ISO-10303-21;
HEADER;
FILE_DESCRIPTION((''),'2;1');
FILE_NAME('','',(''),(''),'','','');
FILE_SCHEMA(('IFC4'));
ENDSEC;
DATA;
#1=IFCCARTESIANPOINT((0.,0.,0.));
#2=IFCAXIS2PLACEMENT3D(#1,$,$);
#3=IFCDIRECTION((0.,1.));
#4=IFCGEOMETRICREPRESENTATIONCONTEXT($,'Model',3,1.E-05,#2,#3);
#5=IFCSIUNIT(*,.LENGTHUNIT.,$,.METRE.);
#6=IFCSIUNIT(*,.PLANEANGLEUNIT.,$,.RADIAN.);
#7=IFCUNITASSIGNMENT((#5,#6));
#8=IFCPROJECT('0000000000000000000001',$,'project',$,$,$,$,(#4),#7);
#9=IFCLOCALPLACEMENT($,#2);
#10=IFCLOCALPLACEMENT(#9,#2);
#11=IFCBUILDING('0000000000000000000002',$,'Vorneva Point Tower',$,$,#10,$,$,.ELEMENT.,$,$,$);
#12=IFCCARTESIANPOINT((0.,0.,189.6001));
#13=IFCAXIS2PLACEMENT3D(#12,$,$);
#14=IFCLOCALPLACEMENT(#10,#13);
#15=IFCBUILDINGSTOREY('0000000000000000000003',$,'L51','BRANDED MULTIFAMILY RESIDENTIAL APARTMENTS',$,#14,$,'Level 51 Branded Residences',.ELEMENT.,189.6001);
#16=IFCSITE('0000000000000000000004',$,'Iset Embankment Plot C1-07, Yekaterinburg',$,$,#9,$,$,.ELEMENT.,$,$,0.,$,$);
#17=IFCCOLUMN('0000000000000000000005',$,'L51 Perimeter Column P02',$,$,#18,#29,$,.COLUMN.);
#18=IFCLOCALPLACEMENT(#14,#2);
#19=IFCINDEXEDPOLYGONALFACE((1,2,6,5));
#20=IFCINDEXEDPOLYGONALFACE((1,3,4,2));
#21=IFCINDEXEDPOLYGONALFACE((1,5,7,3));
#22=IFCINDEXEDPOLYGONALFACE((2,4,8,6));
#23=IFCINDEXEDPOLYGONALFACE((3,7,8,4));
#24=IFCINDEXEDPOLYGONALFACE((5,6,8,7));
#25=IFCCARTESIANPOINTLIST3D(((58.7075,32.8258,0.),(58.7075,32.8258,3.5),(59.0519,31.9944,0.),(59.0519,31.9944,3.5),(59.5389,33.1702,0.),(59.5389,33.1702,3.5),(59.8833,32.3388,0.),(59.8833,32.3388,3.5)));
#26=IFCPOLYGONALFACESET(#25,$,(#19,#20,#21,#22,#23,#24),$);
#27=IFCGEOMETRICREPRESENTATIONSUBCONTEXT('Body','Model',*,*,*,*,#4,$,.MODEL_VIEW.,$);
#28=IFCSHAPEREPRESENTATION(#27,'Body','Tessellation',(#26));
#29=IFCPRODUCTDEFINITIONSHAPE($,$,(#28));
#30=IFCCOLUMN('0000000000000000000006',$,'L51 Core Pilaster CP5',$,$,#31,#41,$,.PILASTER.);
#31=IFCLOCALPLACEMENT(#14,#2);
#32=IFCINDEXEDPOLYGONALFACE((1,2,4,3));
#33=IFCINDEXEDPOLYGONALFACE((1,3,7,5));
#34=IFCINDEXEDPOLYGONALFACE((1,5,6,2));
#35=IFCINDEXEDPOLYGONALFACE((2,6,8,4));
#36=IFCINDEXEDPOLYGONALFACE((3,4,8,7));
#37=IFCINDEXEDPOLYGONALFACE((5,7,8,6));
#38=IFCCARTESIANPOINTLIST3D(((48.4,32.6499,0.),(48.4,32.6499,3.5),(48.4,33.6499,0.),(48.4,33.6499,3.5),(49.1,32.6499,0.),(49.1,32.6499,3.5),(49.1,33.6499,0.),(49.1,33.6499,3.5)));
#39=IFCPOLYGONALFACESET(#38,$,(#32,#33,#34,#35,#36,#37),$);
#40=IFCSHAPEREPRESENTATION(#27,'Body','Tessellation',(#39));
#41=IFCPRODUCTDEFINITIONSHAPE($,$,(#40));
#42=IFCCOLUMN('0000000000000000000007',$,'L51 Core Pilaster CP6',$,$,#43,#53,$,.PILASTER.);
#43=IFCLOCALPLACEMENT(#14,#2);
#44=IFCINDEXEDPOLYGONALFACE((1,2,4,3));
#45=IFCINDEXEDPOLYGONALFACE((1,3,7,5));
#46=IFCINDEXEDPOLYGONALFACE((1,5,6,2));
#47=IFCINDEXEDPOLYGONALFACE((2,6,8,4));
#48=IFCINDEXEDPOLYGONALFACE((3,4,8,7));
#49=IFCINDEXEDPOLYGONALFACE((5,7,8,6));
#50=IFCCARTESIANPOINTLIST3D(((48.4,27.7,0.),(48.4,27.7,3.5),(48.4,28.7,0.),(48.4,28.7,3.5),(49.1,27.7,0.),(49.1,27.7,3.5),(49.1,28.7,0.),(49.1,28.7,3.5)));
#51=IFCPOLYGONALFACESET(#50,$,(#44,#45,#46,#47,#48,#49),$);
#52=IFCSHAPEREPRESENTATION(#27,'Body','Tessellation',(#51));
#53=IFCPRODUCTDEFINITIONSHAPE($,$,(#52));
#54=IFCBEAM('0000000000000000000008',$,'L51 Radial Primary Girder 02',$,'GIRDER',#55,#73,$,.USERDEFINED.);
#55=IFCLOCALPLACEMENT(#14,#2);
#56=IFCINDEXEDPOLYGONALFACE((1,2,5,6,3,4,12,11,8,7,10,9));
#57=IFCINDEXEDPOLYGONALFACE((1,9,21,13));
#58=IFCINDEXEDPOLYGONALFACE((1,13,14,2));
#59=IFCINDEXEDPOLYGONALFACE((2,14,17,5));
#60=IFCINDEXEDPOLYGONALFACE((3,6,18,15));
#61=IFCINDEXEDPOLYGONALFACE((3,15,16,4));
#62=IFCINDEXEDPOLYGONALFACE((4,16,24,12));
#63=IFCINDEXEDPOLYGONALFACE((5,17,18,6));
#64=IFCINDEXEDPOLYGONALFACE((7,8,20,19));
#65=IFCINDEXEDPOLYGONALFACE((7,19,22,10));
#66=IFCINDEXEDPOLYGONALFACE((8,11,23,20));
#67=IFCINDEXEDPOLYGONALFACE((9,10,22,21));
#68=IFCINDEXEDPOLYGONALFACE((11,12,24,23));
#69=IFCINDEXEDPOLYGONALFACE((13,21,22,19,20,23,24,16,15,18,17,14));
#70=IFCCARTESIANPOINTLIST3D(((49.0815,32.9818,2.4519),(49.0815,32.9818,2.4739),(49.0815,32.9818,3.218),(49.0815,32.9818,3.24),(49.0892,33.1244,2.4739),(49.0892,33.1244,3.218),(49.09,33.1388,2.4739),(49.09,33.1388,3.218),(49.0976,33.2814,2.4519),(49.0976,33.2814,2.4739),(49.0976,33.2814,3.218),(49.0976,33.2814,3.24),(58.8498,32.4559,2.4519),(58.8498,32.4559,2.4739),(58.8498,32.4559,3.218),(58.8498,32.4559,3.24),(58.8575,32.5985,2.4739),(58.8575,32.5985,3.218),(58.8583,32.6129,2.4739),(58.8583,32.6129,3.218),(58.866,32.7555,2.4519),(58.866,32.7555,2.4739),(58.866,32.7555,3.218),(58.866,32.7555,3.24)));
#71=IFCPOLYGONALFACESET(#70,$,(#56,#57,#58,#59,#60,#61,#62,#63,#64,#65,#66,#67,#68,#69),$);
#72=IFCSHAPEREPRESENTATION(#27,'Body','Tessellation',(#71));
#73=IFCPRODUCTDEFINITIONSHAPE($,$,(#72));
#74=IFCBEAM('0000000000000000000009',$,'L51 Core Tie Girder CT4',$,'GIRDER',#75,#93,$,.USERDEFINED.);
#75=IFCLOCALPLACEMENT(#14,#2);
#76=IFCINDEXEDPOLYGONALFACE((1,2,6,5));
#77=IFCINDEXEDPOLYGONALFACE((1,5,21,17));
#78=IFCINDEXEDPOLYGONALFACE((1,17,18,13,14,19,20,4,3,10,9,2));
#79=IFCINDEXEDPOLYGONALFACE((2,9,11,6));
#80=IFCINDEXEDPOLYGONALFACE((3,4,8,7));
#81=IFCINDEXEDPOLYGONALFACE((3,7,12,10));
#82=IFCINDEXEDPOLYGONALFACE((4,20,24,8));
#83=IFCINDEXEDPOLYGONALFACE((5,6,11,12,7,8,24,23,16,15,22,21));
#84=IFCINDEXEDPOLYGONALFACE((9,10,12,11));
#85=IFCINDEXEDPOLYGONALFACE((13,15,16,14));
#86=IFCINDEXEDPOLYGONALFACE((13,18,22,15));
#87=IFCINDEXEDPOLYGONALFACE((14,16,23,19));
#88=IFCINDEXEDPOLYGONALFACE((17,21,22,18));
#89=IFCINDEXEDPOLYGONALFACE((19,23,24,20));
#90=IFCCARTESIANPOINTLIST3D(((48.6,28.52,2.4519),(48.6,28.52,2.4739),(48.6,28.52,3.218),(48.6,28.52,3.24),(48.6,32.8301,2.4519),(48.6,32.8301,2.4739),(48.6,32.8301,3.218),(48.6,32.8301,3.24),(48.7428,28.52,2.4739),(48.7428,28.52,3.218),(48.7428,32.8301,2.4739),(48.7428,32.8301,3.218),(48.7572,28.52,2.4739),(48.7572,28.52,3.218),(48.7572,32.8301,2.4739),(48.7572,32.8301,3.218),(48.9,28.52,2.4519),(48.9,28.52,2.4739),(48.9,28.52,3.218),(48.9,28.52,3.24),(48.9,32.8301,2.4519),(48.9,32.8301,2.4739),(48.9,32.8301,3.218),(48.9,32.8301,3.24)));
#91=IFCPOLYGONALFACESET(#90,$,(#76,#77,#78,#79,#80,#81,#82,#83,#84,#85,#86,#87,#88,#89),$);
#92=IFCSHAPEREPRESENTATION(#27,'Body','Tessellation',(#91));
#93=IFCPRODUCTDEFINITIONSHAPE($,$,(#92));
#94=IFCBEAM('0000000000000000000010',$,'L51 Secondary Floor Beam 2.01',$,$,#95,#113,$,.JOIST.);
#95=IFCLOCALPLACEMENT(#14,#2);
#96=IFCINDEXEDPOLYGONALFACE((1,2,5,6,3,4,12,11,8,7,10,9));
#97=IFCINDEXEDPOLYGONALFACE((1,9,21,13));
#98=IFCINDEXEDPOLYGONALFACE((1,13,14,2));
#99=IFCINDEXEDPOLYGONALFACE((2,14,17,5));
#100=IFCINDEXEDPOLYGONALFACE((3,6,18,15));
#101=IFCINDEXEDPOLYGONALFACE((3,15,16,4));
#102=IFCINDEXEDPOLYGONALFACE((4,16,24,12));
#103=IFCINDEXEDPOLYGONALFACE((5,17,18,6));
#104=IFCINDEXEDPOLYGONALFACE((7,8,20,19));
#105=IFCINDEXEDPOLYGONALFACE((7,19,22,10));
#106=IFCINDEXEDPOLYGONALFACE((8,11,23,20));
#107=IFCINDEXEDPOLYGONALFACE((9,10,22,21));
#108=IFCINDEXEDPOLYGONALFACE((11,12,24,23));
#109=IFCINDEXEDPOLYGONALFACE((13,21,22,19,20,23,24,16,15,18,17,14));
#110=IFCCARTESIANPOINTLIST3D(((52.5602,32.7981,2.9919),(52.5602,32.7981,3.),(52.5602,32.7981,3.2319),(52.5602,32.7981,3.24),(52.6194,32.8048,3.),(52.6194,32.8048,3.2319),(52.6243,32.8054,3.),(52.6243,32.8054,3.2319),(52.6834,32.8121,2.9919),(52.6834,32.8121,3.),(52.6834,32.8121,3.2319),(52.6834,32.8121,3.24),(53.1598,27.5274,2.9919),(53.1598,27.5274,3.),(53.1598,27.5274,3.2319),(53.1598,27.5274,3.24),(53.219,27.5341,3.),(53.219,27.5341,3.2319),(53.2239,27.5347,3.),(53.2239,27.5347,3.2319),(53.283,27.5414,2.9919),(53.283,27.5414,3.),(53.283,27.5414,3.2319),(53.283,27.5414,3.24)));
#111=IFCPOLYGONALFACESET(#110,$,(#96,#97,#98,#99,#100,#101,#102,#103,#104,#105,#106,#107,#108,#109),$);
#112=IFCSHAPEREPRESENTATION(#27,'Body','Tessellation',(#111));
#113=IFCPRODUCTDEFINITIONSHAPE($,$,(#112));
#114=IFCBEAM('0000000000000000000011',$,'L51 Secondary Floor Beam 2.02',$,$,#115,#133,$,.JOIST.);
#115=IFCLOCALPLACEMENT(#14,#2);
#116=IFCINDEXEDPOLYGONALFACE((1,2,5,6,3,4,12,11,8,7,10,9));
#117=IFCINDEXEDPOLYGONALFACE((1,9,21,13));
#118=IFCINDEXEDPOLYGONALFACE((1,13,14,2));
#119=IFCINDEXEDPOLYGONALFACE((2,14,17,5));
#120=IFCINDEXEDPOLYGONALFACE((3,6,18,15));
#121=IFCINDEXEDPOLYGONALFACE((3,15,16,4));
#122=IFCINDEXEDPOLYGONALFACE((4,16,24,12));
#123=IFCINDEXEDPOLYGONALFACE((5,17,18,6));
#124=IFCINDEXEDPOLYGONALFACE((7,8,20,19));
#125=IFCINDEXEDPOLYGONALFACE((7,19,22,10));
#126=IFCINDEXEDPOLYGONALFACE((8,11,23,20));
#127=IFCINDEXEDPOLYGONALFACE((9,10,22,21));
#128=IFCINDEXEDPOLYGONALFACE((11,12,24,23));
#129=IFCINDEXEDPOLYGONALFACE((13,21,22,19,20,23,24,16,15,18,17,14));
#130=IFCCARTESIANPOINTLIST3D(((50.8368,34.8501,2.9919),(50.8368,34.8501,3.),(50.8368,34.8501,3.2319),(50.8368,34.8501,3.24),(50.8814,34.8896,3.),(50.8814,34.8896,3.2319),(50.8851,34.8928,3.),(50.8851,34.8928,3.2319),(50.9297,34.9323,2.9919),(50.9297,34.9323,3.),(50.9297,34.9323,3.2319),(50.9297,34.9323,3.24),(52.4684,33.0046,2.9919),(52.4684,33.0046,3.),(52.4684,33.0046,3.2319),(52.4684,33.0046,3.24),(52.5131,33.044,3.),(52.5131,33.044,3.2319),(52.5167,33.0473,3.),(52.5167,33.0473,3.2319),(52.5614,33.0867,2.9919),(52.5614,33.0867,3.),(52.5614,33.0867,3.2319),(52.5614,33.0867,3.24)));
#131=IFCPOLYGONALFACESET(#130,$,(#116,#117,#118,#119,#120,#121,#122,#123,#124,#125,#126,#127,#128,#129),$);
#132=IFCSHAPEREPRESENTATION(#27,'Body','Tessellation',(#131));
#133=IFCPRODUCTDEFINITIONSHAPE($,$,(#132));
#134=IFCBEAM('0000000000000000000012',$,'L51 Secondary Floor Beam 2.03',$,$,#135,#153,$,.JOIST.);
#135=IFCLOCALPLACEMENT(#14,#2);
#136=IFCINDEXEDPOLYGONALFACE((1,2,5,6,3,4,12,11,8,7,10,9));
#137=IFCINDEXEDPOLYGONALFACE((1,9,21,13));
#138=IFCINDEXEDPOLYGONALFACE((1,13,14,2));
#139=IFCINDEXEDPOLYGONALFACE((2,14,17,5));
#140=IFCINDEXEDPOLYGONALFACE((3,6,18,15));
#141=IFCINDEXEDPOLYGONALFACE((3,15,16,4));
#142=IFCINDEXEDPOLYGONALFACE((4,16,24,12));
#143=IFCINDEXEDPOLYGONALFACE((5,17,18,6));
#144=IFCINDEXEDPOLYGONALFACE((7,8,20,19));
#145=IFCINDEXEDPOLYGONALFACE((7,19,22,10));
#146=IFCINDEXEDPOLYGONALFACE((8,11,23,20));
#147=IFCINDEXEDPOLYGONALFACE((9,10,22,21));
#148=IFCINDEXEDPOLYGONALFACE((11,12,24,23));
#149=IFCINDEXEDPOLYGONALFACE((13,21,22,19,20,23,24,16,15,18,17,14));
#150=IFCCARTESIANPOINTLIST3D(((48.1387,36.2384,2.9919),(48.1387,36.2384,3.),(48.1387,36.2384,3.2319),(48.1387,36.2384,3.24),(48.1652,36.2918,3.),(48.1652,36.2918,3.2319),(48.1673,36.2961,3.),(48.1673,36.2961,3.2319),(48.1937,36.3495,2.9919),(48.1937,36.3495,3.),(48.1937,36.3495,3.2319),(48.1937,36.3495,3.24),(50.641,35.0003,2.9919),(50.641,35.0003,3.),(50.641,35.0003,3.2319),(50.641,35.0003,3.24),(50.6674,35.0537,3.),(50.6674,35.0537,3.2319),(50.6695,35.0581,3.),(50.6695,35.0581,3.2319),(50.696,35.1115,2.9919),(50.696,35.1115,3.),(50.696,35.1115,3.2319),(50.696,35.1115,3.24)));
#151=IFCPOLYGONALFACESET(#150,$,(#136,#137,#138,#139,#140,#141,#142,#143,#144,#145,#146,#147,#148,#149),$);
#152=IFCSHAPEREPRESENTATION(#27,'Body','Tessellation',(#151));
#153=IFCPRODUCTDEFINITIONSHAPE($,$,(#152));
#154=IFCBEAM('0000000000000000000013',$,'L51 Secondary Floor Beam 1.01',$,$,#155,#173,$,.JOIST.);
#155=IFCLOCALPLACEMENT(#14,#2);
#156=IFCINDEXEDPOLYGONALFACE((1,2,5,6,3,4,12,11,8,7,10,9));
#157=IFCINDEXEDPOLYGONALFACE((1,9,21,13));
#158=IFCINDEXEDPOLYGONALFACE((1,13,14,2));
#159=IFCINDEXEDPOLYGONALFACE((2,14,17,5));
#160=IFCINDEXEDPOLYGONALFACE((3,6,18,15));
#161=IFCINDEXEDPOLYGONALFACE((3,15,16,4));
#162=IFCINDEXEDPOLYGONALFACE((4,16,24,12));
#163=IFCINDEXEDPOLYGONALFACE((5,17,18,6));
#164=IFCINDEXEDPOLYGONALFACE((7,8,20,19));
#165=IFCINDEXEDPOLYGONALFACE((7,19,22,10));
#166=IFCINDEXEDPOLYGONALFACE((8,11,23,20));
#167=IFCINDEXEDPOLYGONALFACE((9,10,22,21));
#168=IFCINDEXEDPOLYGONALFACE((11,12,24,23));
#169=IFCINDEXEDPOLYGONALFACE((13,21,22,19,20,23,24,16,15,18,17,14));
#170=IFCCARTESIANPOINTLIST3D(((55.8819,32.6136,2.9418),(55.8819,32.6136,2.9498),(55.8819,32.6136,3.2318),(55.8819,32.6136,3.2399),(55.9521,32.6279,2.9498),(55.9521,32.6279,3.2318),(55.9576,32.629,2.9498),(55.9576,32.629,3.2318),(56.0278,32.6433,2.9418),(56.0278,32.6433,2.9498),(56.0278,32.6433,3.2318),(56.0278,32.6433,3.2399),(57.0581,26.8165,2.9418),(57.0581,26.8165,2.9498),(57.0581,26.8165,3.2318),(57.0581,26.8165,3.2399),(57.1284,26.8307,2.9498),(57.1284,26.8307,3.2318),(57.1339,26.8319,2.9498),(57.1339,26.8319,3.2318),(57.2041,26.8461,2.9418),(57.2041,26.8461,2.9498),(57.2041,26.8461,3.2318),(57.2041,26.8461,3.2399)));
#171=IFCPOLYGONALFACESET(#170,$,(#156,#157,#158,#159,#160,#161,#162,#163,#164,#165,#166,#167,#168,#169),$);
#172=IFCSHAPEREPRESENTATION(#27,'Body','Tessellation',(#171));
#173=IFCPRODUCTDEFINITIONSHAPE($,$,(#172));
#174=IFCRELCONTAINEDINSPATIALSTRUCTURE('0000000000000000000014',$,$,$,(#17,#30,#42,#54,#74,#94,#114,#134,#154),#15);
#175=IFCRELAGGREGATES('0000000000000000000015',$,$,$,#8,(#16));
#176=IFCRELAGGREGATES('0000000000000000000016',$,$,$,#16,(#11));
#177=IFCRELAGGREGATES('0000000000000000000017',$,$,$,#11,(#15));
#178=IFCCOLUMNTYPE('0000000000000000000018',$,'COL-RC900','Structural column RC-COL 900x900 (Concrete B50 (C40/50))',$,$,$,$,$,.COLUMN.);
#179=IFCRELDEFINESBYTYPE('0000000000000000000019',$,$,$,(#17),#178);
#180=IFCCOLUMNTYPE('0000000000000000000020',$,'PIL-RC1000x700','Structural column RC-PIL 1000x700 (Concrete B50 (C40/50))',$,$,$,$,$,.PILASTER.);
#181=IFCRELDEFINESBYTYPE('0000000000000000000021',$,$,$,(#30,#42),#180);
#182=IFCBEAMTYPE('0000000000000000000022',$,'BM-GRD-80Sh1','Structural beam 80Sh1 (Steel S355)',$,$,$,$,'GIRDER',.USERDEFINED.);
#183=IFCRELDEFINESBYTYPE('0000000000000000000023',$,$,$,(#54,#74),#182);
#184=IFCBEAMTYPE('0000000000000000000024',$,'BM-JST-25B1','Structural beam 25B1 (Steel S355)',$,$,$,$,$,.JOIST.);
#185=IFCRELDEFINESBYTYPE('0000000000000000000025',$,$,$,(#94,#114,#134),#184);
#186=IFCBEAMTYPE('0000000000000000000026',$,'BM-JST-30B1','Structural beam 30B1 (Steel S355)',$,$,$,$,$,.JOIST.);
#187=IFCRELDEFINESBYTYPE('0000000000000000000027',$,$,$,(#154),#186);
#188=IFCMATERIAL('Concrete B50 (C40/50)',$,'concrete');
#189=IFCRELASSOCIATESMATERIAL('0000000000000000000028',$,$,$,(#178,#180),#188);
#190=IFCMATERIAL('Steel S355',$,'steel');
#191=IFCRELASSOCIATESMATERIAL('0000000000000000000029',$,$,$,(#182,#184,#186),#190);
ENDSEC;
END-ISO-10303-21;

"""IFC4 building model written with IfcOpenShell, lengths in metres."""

from ifc_helpers import new_model, si_unit, direction, frame, origin, origin_2d, place, context, subcontext, project, spatial, rectangle, i_section, extrude, material, material_profile, profile_set, type_object, element, save


model = new_model("IFC4")

# Units and contexts
model_context = context("Model", 3, precision=1e-05, world=origin(), true_north=direction((0.0, 1.0)))
body_context = subcontext(model_context, "Body", "Model", "MODEL_VIEW")
ifc_project = project(units=[si_unit("LENGTHUNIT", "METRE"), si_unit("PLANEANGLEUNIT", "RADIAN")], contexts=[model_context])

# Site, building, storey
site_placement = place(None, origin())
site = spatial("IfcSite", under=ifc_project, at=site_placement, Name="Iset Embankment Plot C1-07, Yekaterinburg", CompositionType="ELEMENT", RefElevation=0.0)
building_placement = place(site_placement, origin())
building = spatial("IfcBuilding", under=site, at=building_placement, Name="Vorneva Point Tower", CompositionType="ELEMENT")
storey_placement = place(building_placement, frame((0.0, 0.0, 189.6001)))
storey = spatial("IfcBuildingStorey", under=building, at=storey_placement, Name="L51", Description="BRANDED MULTIFAMILY RESIDENTIAL APARTMENTS", LongName="Level 51 Branded Residences", CompositionType="ELEMENT", Elevation=189.6001)

# Columns
ifc_material_1 = material(Name="Concrete B50 (C40/50)", Category="concrete")
ifc_material_profile_1 = material_profile(ifc_material_1, rectangle(XDim=0.8999, YDim=0.8999, at=origin_2d()), Name="RC-COL 900x900")
ifc_profile_set_1 = profile_set([ifc_material_profile_1], Name="Concrete B50 (C40/50)")
column_type_1 = type_object("IfcColumnType", Name="COL-RC900", Description="Structural column RC-COL 900x900 (Concrete B50 (C40/50))", PredefinedType="COLUMN", material=ifc_profile_set_1)
column_placement = place(storey_placement, frame((59.2954, 32.5823, 0.0), z_axis=(0.0, 0.0, 1.0), x_axis=(0.92388, 0.382683, 0.0)))
element("IfcColumn", 1, at=column_placement, inside=storey, type_object=column_type_1, Name="L51 Perimeter Column P02", PredefinedType="COLUMN", context=body_context, shape_type="SweptSolid", body=[
    extrude(rectangle(XDim=0.8999, YDim=0.8999, at=origin_2d()), origin(), (0.0, 0.0, 1.0), 3.5),
])
ifc_material_profile_2 = material_profile(ifc_material_1, rectangle(XDim=0.7, YDim=1.0, at=origin_2d()), Name="RC-PIL 1000x700")
ifc_profile_set_2 = profile_set([ifc_material_profile_2], Name="Concrete B50 (C40/50)")
column_type_2 = type_object("IfcColumnType", Name="PIL-RC1000x700", Description="Structural column RC-PIL 1000x700 (Concrete B50 (C40/50))", PredefinedType="PILASTER", material=ifc_profile_set_2)
for number, where, z_axis, x_axis, name in (
    (2, (48.75, 33.1499, 0.0), (0.0, 0.0, 1.0), (1.0, 0.0, 0.0), "L51 Core Pilaster CP5"),
    (3, (48.75, 28.2, 0.0), (0.0, 0.0, 1.0), (1.0, 0.0, 0.0), "L51 Core Pilaster CP6"),
):
    element("IfcColumn", number, at=place(storey_placement, frame(where, z_axis=z_axis, x_axis=x_axis)), inside=storey, type_object=column_type_2, Name=name, PredefinedType="PILASTER", context=body_context, shape_type="SweptSolid", body=[
        extrude(rectangle(XDim=0.7, YDim=1.0, at=origin_2d()), origin(), (0.0, 0.0, 1.0), 3.5),
    ])

# Beams
ifc_material_2 = material(Name="Steel S355", Category="steel")
ifc_material_profile_3 = material_profile(ifc_material_2, i_section(OverallWidth=0.3, OverallDepth=0.7881, WebThickness=0.0144, FlangeThickness=0.022, at=origin_2d()), Name="80Sh1")
ifc_profile_set_3 = profile_set([ifc_material_profile_3], Name="Steel S355")
beam_type_1 = type_object("IfcBeamType", Name="BM-GRD-80Sh1", Description="Structural beam 80Sh1 (Steel S355)", ElementType="GIRDER", PredefinedType="USERDEFINED", material=ifc_profile_set_3)
beam_1_placement = place(storey_placement, frame((58.8579, 32.6057, 2.8459), z_axis=(-0.998554, 0.053757, 0.0), x_axis=(-0.053757, -0.998554, 0.0)))
element("IfcBeam", 4, at=beam_1_placement, inside=storey, type_object=beam_type_1, Name="L51 Radial Primary Girder 02", ObjectType="GIRDER", PredefinedType="USERDEFINED", context=body_context, shape_type="SweptSolid", body=[
    extrude(i_section(OverallWidth=0.3, OverallDepth=0.7881, WebThickness=0.0144, FlangeThickness=0.022, at=origin_2d()), origin(), (0.0, 0.0, 1.0), 9.7825),
])
beam_2_placement = place(storey_placement, frame((48.75, 28.52, 2.8459), z_axis=(0.0, 1.0, 0.0), x_axis=(-1.0, 0.0, 0.0)))
element("IfcBeam", 5, at=beam_2_placement, inside=storey, type_object=beam_type_1, Name="L51 Core Tie Girder CT4", ObjectType="GIRDER", PredefinedType="USERDEFINED", context=body_context, shape_type="SweptSolid", body=[
    extrude(i_section(OverallWidth=0.3, OverallDepth=0.7881, WebThickness=0.0144, FlangeThickness=0.022, at=origin_2d()), origin(), (0.0, 0.0, 1.0), 4.3101),
])
ifc_material_profile_4 = material_profile(ifc_material_2, i_section(OverallWidth=0.124, OverallDepth=0.248, WebThickness=0.0049, FlangeThickness=0.0081, at=origin_2d()), Name="25B1")
ifc_profile_set_4 = profile_set([ifc_material_profile_4], Name="Steel S355")
beam_type_2 = type_object("IfcBeamType", Name="BM-JST-25B1", Description="Structural beam 25B1 (Steel S355)", PredefinedType="JOIST", material=ifc_profile_set_4)
beam_3_placement = place(storey_placement, frame((53.2214, 27.5344, 3.116), z_axis=(-0.113033, 0.993591, 0.0), x_axis=(-0.993591, -0.113033, 0.0)))
element("IfcBeam", 6, at=beam_3_placement, inside=storey, type_object=beam_type_2, Name="L51 Secondary Floor Beam 2.01", PredefinedType="JOIST", context=body_context, shape_type="SweptSolid", body=[
    extrude(i_section(OverallWidth=0.124, OverallDepth=0.248, WebThickness=0.0049, FlangeThickness=0.0081, at=origin_2d()), origin(), (0.0, 0.0, 1.0), 5.3047),
])
beam_4_placement = place(storey_placement, frame((52.5149, 33.0457, 3.116), z_axis=(-0.662362, 0.749184, 0.0), x_axis=(-0.749184, -0.662362, 0.0)))
element("IfcBeam", 7, at=beam_4_placement, inside=storey, type_object=beam_type_2, Name="L51 Secondary Floor Beam 2.02", PredefinedType="JOIST", context=body_context, shape_type="SweptSolid", body=[
    extrude(i_section(OverallWidth=0.124, OverallDepth=0.248, WebThickness=0.0049, FlangeThickness=0.0081, at=origin_2d()), origin(), (0.0, 0.0, 1.0), 2.4634),
])
beam_5_placement = place(storey_placement, frame((50.6685, 35.0559, 3.116), z_axis=(-0.896291, 0.443467, 0.0), x_axis=(-0.443467, -0.896291, 0.0)))
element("IfcBeam", 8, at=beam_5_placement, inside=storey, type_object=beam_type_2, Name="L51 Secondary Floor Beam 2.03", PredefinedType="JOIST", context=body_context, shape_type="SweptSolid", body=[
    extrude(i_section(OverallWidth=0.124, OverallDepth=0.248, WebThickness=0.0049, FlangeThickness=0.0081, at=origin_2d()), origin(), (0.0, 0.0, 1.0), 2.7917),
])
ifc_material_profile_5 = material_profile(ifc_material_2, i_section(OverallWidth=0.1489, OverallDepth=0.2981, WebThickness=0.0056, FlangeThickness=0.0081, at=origin_2d()), Name="30B1")
ifc_profile_set_5 = profile_set([ifc_material_profile_5], Name="Steel S355")
beam_type_3 = type_object("IfcBeamType", Name="BM-JST-30B1", Description="Structural beam 30B1 (Steel S355)", PredefinedType="JOIST", material=ifc_profile_set_5)
beam_6_placement = place(storey_placement, frame((57.1311, 26.8313, 3.0908), z_axis=(-0.198854, 0.980029, 0.0), x_axis=(-0.980029, -0.198854, 0.0)))
element("IfcBeam", 9, at=beam_6_placement, inside=storey, type_object=beam_type_3, Name="L51 Secondary Floor Beam 1.01", PredefinedType="JOIST", context=body_context, shape_type="SweptSolid", body=[
    extrude(i_section(OverallWidth=0.1489, OverallDepth=0.2981, WebThickness=0.0056, FlangeThickness=0.0081, at=origin_2d()), origin(), (0.0, 0.0, 1.0), 5.9153),
])

save(model, "model.ifc")
